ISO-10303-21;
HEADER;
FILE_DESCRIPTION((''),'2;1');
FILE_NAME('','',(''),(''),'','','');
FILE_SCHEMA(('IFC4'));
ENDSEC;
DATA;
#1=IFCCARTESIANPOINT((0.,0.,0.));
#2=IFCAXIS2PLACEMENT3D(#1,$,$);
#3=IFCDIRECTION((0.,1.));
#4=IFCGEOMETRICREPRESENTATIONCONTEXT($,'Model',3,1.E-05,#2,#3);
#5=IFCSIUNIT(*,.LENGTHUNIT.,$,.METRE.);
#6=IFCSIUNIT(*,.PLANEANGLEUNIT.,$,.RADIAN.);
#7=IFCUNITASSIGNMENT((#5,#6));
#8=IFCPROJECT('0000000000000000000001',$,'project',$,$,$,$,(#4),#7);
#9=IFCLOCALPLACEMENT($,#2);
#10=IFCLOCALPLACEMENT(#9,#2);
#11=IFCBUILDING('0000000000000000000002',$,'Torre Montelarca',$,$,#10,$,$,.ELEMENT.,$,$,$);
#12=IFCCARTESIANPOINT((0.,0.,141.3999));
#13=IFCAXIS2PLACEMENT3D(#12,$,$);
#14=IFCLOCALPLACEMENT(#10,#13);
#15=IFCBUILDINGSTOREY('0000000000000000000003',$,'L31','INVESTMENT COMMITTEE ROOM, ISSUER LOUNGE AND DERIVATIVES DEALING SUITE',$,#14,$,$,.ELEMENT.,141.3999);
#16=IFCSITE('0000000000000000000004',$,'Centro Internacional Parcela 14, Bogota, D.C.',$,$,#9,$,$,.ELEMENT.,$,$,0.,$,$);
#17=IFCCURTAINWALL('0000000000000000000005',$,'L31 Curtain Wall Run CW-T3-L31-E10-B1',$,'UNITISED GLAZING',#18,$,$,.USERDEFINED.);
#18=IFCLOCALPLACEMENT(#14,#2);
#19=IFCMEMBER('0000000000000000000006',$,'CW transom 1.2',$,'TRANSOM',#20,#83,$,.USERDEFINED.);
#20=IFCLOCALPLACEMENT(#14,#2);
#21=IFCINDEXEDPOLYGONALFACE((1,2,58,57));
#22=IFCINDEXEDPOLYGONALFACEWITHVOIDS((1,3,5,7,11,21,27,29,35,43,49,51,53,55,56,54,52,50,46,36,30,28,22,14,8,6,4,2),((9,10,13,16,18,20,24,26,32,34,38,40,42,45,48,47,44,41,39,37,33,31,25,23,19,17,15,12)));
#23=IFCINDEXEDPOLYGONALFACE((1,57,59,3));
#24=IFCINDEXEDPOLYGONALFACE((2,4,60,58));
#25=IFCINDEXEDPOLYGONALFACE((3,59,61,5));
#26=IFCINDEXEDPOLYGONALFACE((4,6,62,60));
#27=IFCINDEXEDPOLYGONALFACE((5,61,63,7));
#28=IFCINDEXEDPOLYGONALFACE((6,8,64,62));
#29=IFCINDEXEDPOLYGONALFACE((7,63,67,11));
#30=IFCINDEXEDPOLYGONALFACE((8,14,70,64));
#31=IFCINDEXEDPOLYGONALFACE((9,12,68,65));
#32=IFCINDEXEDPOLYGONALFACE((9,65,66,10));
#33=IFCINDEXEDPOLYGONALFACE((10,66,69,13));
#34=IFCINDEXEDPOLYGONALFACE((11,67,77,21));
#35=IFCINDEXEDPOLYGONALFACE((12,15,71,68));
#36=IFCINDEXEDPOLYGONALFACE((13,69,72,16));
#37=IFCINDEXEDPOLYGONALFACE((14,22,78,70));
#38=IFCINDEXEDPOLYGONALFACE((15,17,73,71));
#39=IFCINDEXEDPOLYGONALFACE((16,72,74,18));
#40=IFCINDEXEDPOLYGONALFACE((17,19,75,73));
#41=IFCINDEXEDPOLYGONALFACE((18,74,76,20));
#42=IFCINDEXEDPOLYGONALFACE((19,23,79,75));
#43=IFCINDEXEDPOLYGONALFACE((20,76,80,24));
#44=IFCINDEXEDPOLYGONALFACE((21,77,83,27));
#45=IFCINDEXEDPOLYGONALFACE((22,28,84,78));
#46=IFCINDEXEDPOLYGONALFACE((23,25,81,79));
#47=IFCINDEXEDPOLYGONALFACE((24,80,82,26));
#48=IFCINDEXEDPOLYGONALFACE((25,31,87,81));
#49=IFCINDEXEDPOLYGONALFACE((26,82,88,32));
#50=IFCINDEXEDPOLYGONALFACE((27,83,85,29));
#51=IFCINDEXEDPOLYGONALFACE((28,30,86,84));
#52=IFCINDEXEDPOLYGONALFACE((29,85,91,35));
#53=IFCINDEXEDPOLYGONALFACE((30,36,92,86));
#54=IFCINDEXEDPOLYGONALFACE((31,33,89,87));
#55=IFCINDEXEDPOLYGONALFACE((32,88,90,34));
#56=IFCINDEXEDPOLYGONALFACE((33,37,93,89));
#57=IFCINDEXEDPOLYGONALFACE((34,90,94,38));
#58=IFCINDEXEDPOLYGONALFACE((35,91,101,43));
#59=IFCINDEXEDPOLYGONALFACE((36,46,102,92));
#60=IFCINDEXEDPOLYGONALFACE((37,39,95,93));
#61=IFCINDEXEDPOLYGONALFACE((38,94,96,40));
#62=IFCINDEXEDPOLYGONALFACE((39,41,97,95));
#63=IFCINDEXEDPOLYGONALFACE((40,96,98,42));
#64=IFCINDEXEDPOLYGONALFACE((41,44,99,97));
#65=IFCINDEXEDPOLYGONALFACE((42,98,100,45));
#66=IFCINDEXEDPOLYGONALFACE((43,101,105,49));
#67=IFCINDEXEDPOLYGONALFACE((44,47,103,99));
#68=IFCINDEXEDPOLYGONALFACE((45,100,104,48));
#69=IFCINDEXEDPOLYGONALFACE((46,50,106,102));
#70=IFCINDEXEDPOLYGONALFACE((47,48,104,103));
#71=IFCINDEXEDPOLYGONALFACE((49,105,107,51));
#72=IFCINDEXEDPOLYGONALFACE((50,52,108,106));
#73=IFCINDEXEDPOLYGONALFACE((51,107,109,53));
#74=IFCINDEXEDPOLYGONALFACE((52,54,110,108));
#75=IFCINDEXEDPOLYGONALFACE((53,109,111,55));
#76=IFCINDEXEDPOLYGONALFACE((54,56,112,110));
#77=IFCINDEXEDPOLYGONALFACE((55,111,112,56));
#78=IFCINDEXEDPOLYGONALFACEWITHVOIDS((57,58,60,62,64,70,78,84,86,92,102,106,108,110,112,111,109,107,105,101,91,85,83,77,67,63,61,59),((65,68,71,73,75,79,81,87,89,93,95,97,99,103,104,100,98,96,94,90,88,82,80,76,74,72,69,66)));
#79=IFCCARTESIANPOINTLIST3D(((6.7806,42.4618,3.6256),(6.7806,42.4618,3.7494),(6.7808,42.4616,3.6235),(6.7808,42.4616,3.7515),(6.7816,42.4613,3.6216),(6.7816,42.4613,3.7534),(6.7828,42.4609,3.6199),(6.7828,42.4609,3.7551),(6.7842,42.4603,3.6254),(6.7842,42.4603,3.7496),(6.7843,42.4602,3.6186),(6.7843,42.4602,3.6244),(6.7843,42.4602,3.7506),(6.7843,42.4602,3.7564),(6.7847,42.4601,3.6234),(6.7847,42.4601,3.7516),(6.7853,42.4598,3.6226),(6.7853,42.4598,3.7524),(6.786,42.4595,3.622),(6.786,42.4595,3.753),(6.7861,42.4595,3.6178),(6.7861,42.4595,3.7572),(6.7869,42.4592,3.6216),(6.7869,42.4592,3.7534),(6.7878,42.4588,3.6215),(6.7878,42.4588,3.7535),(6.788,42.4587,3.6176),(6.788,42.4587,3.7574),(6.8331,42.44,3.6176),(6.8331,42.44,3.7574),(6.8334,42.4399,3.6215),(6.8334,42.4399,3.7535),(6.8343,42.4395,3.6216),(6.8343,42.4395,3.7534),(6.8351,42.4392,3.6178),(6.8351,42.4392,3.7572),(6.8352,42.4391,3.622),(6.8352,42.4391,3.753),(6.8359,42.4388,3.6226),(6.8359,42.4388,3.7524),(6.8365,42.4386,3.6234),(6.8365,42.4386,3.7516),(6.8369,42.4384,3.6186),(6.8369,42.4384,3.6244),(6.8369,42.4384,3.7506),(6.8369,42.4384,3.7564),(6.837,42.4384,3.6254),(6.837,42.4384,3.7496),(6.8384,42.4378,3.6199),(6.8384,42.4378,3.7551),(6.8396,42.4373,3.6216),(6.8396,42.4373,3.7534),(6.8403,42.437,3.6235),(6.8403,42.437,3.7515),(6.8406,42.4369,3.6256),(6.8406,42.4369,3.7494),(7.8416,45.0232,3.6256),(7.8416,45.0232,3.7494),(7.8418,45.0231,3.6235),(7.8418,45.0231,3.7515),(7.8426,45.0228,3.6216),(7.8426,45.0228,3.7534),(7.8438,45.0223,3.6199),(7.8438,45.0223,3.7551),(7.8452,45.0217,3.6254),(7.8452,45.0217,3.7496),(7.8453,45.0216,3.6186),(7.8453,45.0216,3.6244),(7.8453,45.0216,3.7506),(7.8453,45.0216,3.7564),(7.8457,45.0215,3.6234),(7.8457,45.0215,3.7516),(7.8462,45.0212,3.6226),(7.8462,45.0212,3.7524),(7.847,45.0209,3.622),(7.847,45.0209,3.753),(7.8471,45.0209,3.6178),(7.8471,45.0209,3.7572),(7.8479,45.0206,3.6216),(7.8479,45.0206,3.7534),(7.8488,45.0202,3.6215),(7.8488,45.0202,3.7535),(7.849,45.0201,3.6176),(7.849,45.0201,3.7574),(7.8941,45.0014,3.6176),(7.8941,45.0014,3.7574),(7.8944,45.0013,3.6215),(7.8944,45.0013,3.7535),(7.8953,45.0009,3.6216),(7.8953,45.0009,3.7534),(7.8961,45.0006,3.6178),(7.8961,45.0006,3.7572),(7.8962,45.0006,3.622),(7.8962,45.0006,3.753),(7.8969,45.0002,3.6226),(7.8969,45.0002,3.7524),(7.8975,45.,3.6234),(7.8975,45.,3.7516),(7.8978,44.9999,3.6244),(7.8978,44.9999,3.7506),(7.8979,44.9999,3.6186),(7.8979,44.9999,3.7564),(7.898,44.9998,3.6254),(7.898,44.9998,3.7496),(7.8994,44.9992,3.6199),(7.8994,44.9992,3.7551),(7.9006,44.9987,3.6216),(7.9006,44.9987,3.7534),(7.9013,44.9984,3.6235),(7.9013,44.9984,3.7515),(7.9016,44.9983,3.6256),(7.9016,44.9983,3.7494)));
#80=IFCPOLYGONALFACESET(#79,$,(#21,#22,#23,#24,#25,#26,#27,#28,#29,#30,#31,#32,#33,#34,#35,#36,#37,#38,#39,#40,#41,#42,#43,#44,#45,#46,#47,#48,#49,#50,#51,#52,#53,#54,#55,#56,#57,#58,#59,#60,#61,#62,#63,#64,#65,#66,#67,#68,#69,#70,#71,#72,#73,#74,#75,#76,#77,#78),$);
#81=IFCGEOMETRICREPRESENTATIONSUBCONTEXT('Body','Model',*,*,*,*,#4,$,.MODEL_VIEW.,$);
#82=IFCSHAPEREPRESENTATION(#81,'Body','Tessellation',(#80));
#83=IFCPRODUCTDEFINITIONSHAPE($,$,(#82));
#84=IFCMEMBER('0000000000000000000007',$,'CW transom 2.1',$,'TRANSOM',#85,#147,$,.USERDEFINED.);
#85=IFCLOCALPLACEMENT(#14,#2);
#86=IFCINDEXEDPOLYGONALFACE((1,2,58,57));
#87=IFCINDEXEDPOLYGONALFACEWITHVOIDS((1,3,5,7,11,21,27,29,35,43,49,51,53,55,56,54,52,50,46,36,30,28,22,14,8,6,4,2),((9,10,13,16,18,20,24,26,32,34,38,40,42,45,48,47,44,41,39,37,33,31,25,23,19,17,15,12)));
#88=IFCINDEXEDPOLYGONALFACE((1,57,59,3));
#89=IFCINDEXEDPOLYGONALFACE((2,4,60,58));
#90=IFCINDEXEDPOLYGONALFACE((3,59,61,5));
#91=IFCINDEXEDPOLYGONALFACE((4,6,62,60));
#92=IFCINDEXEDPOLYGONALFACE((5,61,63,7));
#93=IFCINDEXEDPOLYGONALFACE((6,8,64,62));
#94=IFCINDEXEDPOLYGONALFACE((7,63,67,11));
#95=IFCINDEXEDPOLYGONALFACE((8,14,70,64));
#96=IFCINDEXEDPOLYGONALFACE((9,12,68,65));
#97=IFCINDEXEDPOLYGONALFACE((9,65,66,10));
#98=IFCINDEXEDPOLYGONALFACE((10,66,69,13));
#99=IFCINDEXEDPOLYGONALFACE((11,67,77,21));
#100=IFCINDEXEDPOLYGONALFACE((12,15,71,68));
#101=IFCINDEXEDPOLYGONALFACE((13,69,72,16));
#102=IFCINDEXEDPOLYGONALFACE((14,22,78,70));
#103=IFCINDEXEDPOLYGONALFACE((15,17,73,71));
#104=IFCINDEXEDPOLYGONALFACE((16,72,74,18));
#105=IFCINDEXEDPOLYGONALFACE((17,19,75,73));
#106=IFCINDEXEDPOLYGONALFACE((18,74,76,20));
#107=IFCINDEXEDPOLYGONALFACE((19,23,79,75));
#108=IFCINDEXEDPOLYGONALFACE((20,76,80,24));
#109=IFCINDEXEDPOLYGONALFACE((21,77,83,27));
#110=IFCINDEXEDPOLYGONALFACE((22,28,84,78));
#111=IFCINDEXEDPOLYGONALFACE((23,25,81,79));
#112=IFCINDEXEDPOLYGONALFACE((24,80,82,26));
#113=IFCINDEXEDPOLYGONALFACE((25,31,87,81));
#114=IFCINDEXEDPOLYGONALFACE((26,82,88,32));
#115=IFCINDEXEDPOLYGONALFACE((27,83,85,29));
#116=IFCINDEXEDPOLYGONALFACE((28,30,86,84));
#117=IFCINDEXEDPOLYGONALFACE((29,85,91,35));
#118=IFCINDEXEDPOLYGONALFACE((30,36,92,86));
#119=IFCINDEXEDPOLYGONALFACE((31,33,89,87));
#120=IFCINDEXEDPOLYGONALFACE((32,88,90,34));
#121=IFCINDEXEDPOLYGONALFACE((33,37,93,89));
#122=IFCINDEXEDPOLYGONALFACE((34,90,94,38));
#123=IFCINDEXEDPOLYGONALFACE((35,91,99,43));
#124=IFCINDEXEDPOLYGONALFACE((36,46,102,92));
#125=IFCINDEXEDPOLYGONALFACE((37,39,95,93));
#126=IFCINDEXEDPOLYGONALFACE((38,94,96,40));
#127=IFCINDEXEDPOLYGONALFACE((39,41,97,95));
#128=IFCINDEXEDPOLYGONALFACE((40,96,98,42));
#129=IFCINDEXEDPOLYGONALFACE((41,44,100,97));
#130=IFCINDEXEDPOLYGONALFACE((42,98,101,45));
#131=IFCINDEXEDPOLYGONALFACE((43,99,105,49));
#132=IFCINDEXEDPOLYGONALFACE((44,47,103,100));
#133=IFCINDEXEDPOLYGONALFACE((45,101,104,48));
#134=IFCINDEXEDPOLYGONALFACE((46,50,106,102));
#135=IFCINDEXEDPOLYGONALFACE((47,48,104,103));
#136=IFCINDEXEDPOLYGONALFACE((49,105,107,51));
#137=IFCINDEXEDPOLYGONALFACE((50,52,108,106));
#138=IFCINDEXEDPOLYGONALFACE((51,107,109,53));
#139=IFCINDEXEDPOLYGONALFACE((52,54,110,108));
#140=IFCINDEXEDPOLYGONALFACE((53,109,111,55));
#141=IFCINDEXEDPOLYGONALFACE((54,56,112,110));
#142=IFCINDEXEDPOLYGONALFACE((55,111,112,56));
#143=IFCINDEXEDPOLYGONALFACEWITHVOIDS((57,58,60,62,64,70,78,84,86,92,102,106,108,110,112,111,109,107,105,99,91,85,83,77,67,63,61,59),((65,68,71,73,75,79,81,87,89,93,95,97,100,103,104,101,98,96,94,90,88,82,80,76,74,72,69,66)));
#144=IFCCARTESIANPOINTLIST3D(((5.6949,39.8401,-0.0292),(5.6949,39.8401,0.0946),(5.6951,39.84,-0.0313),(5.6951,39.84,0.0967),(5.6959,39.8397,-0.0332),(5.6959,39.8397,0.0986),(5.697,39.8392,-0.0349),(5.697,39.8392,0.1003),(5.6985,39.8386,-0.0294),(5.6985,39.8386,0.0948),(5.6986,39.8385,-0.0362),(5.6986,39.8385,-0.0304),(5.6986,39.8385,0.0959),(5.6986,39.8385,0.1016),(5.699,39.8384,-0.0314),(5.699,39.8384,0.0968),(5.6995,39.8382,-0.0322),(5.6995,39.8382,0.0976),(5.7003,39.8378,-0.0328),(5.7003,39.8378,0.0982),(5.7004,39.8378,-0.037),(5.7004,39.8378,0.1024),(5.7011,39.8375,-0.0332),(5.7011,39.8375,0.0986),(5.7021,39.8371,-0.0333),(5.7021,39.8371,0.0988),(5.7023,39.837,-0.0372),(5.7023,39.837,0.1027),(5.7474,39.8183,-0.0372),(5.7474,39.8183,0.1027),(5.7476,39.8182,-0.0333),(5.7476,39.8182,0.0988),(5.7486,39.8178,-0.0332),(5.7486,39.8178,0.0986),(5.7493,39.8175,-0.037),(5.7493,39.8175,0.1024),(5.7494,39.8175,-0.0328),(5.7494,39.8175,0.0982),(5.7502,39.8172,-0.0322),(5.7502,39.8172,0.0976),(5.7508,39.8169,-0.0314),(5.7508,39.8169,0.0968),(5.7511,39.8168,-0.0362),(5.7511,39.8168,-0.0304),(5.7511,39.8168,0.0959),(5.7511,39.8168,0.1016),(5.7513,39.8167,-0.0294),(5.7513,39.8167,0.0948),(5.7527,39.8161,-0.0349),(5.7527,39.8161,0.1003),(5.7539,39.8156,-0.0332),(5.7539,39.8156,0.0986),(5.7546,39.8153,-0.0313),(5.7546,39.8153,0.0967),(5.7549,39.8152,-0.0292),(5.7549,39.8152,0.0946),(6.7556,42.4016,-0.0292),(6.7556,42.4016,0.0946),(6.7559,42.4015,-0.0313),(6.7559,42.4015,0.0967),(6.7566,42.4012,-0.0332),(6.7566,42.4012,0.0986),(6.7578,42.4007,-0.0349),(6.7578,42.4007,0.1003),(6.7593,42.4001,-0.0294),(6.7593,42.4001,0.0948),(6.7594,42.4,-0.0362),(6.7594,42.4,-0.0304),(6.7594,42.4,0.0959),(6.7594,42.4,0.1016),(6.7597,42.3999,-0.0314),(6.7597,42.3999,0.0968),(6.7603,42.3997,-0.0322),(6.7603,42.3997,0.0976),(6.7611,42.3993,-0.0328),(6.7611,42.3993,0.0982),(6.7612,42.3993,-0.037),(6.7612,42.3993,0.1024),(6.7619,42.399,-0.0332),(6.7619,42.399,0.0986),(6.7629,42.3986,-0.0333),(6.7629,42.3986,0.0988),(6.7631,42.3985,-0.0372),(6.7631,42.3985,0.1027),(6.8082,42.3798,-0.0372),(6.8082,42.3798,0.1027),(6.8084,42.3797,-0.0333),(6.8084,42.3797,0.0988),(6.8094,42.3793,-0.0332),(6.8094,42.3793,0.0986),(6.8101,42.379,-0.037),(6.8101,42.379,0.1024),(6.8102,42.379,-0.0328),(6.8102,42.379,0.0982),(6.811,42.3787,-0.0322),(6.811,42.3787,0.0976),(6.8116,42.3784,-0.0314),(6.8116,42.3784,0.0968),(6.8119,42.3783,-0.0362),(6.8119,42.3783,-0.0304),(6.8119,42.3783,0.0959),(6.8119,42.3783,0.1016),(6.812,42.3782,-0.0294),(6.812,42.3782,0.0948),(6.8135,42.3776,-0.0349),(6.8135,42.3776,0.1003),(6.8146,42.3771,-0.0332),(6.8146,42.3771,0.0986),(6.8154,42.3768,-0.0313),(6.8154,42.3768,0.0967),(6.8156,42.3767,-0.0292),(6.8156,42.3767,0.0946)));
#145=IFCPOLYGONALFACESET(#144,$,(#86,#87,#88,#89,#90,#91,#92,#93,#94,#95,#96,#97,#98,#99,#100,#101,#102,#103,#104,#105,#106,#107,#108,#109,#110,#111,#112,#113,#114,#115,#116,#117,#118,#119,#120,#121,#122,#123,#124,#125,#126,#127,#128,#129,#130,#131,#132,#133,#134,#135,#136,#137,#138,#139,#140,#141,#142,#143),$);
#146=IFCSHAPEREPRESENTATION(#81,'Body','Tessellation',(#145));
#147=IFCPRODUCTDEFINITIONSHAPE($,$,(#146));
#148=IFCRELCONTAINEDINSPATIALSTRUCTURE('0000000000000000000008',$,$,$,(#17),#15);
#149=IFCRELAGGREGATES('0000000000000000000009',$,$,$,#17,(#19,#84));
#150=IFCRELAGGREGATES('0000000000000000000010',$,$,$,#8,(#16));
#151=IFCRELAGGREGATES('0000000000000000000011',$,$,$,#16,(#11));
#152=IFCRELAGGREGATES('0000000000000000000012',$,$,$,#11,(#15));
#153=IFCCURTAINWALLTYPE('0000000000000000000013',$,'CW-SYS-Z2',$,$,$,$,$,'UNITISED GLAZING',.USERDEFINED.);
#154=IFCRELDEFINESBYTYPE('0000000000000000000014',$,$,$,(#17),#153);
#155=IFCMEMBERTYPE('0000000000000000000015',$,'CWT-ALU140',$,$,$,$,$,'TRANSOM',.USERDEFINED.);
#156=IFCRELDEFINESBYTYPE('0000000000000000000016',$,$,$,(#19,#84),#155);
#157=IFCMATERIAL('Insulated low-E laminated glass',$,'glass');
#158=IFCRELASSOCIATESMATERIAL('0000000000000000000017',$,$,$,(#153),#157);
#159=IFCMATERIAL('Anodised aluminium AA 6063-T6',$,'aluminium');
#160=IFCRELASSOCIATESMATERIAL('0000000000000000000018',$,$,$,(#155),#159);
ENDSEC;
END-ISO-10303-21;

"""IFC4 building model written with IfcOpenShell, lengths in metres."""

from ifc_helpers import new_model, si_unit, direction, frame, origin, origin_2d, place, context, subcontext, project, spatial, hollow_rectangle, extrude, source, transform, mapped, material, material_profile, profile_set, type_object, element, aggregate, save


model = new_model("IFC4")

# Units and contexts
model_context = context("Model", 3, precision=1e-05, world=origin(), true_north=direction((0.0, 1.0)))
body_context = subcontext(model_context, "Body", "Model", "MODEL_VIEW")
ifc_project = project(units=[si_unit("LENGTHUNIT", "METRE"), si_unit("PLANEANGLEUNIT", "RADIAN")], contexts=[model_context])

# Site, building, storey
site_placement = place(None, origin())
site = spatial("IfcSite", under=ifc_project, at=site_placement, Name="Centro Internacional Parcela 14, Bogota, D.C.", CompositionType="ELEMENT", RefElevation=0.0)
building_placement = place(site_placement, origin())
building = spatial("IfcBuilding", under=site, at=building_placement, Name="Torre Montelarca", CompositionType="ELEMENT")
storey_placement = place(building_placement, frame((0.0, 0.0, 141.3999)))
storey = spatial("IfcBuildingStorey", under=building, at=storey_placement, Name="L31", Description="INVESTMENT COMMITTEE ROOM, ISSUER LOUNGE AND DERIVATIVES DEALING SUITE", CompositionType="ELEMENT", Elevation=141.3999)

# Curtain wall, members
ifc_material_1 = material(Name="Insulated low-E laminated glass", Category="glass")
curtain_wall_type = type_object("IfcCurtainWallType", Name="CW-SYS-Z2", ElementType="UNITISED GLAZING", PredefinedType="USERDEFINED", material=ifc_material_1)
ifc_material_2 = material(Name="Anodised aluminium AA 6063-T6", Category="aluminium")
ifc_material_profile_1 = material_profile(ifc_material_2, hollow_rectangle(XDim=0.0649, YDim=0.1399, WallThickness=0.0039, InnerFilletRadius=0.0039, OuterFilletRadius=0.0081, at=origin_2d()), Name="ALU65X140X4", Category="aluminium")
ifc_profile_set_1 = profile_set([ifc_material_profile_1], Name="Anodised aluminium AA 6063-T6")
member_type_1 = type_object("IfcMemberType", Name="CWT-ALU140", ElementType="TRANSOM", PredefinedType="USERDEFINED", material=ifc_profile_set_1)
curtain_wall_1_placement = place(storey_placement, origin())
curtain_wall_1 = element("IfcCurtainWall", 1, at=curtain_wall_1_placement, inside=storey, type_object=curtain_wall_type, Name="L31 Curtain Wall Run CW-T3-L31-E10-B1", ObjectType="UNITISED GLAZING", PredefinedType="USERDEFINED")
shared_shape_1 = source(origin(), body_context, "Body", "SweptSolid", [
    extrude(hollow_rectangle(XDim=0.0649, YDim=0.1399, WallThickness=0.0039, InnerFilletRadius=0.0039, OuterFilletRadius=0.0081, at=origin_2d()), origin(), (0.0, 0.0, 1.0), 2.7725),
])
member_1_placement = place(storey_placement, frame((7.8716, 45.0107, 3.6875), z_axis=(-0.382689, -0.923877, 0.0), x_axis=(0.923877, -0.382689, 0.0)))
member_1 = element("IfcMember", 2, at=member_1_placement, type_object=member_type_1, Name="CW transom 1.2", ObjectType="TRANSOM", PredefinedType="USERDEFINED", context=body_context, shape_type="MappedRepresentation", body=[
    mapped(shared_shape_1, transform((0.0, 0.0, 0.0), scale=1.0)),
])
member_2_placement = place(storey_placement, frame((6.7856, 42.3892, 0.0327), z_axis=(-0.382614, -0.923908, 0.0), x_axis=(0.923908, -0.382614, 0.0)))
member_2 = element("IfcMember", 3, at=member_2_placement, type_object=member_type_1, Name="CW transom 2.1", ObjectType="TRANSOM", PredefinedType="USERDEFINED", context=body_context, shape_type="MappedRepresentation", body=[
    mapped(shared_shape_1, transform((0.0, 0.0, 0.0), scale=1.0)),
])

aggregate(curtain_wall_1, [member_1, member_2])

save(model, "model.ifc")
